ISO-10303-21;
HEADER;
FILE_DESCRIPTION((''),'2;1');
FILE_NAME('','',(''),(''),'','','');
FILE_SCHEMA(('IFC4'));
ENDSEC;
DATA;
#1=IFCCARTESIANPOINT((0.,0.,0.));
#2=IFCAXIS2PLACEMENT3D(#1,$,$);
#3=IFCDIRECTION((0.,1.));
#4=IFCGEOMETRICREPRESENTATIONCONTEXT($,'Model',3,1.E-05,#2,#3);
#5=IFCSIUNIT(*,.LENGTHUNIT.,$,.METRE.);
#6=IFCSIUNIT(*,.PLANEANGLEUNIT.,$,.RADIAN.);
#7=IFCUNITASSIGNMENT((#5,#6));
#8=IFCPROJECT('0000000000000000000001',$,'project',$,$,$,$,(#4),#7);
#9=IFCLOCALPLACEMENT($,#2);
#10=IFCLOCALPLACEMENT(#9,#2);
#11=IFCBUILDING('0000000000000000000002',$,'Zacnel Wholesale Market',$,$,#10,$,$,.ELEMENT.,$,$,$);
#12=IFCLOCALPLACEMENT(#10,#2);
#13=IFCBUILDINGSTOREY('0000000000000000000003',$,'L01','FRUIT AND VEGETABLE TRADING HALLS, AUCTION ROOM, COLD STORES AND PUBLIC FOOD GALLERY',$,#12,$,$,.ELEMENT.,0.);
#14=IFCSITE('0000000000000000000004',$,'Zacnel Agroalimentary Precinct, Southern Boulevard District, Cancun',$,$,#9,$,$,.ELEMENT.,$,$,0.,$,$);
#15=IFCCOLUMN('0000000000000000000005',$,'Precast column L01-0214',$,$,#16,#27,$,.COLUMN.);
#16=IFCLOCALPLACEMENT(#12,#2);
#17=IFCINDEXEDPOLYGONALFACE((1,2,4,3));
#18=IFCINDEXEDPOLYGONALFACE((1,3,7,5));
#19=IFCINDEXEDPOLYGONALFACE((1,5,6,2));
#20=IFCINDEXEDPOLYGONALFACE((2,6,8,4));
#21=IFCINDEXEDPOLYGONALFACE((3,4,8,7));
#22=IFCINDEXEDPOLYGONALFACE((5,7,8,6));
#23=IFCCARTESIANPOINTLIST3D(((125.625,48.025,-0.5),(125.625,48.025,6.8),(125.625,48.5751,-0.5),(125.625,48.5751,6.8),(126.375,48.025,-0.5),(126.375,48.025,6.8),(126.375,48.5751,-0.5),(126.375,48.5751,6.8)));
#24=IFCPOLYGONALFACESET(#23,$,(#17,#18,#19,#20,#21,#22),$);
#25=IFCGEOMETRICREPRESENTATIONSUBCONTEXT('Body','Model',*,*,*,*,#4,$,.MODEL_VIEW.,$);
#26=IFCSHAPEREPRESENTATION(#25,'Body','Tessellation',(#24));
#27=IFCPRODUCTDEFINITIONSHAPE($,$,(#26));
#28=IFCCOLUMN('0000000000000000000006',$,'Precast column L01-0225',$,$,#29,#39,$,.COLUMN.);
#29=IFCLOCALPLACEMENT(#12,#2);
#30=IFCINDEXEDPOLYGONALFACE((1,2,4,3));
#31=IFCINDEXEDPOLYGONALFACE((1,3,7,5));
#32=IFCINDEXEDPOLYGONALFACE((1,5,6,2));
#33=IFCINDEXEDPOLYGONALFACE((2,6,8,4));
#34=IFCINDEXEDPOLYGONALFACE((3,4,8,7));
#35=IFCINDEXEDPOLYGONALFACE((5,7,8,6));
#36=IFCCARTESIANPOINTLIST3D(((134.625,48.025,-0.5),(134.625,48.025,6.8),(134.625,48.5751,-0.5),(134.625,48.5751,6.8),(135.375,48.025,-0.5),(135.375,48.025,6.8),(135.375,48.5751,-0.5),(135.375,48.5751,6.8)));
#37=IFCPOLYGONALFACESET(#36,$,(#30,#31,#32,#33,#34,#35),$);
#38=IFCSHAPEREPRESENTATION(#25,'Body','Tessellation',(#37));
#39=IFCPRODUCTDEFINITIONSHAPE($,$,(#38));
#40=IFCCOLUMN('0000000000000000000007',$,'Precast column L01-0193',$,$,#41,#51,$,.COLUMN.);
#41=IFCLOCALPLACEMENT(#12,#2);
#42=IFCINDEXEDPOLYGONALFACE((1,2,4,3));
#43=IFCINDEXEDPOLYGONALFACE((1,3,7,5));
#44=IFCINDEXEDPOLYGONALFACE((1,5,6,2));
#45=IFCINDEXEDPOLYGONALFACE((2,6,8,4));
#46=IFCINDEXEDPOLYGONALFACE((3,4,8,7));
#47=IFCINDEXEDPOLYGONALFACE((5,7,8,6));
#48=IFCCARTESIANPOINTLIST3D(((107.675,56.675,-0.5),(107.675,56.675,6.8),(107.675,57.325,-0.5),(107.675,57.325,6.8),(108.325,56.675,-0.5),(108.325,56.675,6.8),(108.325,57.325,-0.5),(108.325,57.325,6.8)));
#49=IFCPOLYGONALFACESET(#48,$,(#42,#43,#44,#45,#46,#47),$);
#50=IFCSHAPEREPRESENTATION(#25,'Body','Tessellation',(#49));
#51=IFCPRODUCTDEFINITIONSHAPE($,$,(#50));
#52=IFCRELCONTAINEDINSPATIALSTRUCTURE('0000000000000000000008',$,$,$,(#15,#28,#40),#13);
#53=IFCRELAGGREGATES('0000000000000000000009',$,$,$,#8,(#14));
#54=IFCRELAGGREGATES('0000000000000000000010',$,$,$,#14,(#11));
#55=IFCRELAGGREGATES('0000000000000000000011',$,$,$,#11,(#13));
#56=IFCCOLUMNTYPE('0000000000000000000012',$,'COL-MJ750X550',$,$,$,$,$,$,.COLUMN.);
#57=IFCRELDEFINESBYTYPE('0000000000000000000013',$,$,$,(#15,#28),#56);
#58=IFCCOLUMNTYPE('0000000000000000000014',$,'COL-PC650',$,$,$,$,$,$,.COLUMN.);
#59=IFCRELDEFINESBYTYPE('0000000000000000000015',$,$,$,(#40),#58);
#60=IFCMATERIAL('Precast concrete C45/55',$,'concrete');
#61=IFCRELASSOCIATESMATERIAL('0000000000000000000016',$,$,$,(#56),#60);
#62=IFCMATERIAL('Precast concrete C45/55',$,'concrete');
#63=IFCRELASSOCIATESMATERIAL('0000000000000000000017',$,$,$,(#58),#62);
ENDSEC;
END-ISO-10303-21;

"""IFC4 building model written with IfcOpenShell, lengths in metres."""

from ifc_helpers import new_model, si_unit, direction, frame, origin, origin_2d, place, context, subcontext, project, spatial, rectangle, extrude, material, material_profile, profile_set, type_object, element, save


model = new_model("IFC4")

# Units and contexts
model_context = context("Model", 3, precision=1e-05, world=origin(), true_north=direction((0.0, 1.0)))
body_context = subcontext(model_context, "Body", "Model", "MODEL_VIEW")
ifc_project = project(units=[si_unit("LENGTHUNIT", "METRE"), si_unit("PLANEANGLEUNIT", "RADIAN")], contexts=[model_context])

# Site, building, storey
site_placement = place(None, origin())
site = spatial("IfcSite", under=ifc_project, at=site_placement, Name="Zacnel Agroalimentary Precinct, Southern Boulevard District, Cancun", CompositionType="ELEMENT", RefElevation=0.0)
building_placement = place(site_placement, origin())
building = spatial("IfcBuilding", under=site, at=building_placement, Name="Zacnel Wholesale Market", CompositionType="ELEMENT")
storey_placement = place(building_placement, origin())
storey = spatial("IfcBuildingStorey", under=building, at=storey_placement, Name="L01", Description="FRUIT AND VEGETABLE TRADING HALLS, AUCTION ROOM, COLD STORES AND PUBLIC FOOD GALLERY", CompositionType="ELEMENT", Elevation=0.0)

# Columns
ifc_material_1 = material(Name="Precast concrete C45/55", Category="concrete")
ifc_material_profile_1 = material_profile(ifc_material_1, rectangle(XDim=0.75, YDim=0.55, at=origin_2d()), Name="PC 750x550")
ifc_profile_set_1 = profile_set([ifc_material_profile_1], Name="Precast concrete C45/55")
column_type_1 = type_object("IfcColumnType", Name="COL-MJ750X550", PredefinedType="COLUMN", material=ifc_profile_set_1)
for number, where, z_axis, x_axis, name in (
    (1, (126.0, 48.3, -0.5), (0.0, 0.0, 1.0), (1.0, 0.0, 0.0), "Precast column L01-0214"),
    (2, (135.0, 48.3, -0.5), (0.0, 0.0, 1.0), (1.0, 0.0, 0.0), "Precast column L01-0225"),
):
    element("IfcColumn", number, at=place(storey_placement, frame(where, z_axis=z_axis, x_axis=x_axis)), inside=storey, type_object=column_type_1, Name=name, PredefinedType="COLUMN", context=body_context, shape_type="SweptSolid", body=[
        extrude(rectangle(XDim=0.75, YDim=0.55, at=origin_2d()), origin(), (0.0, 0.0, 1.0), 7.3),
    ])
ifc_material_2 = material(Name="Precast concrete C45/55", Category="concrete")
ifc_material_profile_2 = material_profile(ifc_material_2, rectangle(XDim=0.6499, YDim=0.6499, at=origin_2d()), Name="PC 650x650")
ifc_profile_set_2 = profile_set([ifc_material_profile_2], Name="Precast concrete C45/55")
column_type_2 = type_object("IfcColumnType", Name="COL-PC650", PredefinedType="COLUMN", material=ifc_profile_set_2)
column_placement = place(storey_placement, frame((108.0, 57.0, -0.5), z_axis=(0.0, 0.0, 1.0), x_axis=(1.0, 0.0, 0.0)))
element("IfcColumn", 3, at=column_placement, inside=storey, type_object=column_type_2, Name="Precast column L01-0193", PredefinedType="COLUMN", context=body_context, shape_type="SweptSolid", body=[
    extrude(rectangle(XDim=0.6499, YDim=0.6499, at=origin_2d()), origin(), (0.0, 0.0, 1.0), 7.3),
])

save(model, "model.ifc")
